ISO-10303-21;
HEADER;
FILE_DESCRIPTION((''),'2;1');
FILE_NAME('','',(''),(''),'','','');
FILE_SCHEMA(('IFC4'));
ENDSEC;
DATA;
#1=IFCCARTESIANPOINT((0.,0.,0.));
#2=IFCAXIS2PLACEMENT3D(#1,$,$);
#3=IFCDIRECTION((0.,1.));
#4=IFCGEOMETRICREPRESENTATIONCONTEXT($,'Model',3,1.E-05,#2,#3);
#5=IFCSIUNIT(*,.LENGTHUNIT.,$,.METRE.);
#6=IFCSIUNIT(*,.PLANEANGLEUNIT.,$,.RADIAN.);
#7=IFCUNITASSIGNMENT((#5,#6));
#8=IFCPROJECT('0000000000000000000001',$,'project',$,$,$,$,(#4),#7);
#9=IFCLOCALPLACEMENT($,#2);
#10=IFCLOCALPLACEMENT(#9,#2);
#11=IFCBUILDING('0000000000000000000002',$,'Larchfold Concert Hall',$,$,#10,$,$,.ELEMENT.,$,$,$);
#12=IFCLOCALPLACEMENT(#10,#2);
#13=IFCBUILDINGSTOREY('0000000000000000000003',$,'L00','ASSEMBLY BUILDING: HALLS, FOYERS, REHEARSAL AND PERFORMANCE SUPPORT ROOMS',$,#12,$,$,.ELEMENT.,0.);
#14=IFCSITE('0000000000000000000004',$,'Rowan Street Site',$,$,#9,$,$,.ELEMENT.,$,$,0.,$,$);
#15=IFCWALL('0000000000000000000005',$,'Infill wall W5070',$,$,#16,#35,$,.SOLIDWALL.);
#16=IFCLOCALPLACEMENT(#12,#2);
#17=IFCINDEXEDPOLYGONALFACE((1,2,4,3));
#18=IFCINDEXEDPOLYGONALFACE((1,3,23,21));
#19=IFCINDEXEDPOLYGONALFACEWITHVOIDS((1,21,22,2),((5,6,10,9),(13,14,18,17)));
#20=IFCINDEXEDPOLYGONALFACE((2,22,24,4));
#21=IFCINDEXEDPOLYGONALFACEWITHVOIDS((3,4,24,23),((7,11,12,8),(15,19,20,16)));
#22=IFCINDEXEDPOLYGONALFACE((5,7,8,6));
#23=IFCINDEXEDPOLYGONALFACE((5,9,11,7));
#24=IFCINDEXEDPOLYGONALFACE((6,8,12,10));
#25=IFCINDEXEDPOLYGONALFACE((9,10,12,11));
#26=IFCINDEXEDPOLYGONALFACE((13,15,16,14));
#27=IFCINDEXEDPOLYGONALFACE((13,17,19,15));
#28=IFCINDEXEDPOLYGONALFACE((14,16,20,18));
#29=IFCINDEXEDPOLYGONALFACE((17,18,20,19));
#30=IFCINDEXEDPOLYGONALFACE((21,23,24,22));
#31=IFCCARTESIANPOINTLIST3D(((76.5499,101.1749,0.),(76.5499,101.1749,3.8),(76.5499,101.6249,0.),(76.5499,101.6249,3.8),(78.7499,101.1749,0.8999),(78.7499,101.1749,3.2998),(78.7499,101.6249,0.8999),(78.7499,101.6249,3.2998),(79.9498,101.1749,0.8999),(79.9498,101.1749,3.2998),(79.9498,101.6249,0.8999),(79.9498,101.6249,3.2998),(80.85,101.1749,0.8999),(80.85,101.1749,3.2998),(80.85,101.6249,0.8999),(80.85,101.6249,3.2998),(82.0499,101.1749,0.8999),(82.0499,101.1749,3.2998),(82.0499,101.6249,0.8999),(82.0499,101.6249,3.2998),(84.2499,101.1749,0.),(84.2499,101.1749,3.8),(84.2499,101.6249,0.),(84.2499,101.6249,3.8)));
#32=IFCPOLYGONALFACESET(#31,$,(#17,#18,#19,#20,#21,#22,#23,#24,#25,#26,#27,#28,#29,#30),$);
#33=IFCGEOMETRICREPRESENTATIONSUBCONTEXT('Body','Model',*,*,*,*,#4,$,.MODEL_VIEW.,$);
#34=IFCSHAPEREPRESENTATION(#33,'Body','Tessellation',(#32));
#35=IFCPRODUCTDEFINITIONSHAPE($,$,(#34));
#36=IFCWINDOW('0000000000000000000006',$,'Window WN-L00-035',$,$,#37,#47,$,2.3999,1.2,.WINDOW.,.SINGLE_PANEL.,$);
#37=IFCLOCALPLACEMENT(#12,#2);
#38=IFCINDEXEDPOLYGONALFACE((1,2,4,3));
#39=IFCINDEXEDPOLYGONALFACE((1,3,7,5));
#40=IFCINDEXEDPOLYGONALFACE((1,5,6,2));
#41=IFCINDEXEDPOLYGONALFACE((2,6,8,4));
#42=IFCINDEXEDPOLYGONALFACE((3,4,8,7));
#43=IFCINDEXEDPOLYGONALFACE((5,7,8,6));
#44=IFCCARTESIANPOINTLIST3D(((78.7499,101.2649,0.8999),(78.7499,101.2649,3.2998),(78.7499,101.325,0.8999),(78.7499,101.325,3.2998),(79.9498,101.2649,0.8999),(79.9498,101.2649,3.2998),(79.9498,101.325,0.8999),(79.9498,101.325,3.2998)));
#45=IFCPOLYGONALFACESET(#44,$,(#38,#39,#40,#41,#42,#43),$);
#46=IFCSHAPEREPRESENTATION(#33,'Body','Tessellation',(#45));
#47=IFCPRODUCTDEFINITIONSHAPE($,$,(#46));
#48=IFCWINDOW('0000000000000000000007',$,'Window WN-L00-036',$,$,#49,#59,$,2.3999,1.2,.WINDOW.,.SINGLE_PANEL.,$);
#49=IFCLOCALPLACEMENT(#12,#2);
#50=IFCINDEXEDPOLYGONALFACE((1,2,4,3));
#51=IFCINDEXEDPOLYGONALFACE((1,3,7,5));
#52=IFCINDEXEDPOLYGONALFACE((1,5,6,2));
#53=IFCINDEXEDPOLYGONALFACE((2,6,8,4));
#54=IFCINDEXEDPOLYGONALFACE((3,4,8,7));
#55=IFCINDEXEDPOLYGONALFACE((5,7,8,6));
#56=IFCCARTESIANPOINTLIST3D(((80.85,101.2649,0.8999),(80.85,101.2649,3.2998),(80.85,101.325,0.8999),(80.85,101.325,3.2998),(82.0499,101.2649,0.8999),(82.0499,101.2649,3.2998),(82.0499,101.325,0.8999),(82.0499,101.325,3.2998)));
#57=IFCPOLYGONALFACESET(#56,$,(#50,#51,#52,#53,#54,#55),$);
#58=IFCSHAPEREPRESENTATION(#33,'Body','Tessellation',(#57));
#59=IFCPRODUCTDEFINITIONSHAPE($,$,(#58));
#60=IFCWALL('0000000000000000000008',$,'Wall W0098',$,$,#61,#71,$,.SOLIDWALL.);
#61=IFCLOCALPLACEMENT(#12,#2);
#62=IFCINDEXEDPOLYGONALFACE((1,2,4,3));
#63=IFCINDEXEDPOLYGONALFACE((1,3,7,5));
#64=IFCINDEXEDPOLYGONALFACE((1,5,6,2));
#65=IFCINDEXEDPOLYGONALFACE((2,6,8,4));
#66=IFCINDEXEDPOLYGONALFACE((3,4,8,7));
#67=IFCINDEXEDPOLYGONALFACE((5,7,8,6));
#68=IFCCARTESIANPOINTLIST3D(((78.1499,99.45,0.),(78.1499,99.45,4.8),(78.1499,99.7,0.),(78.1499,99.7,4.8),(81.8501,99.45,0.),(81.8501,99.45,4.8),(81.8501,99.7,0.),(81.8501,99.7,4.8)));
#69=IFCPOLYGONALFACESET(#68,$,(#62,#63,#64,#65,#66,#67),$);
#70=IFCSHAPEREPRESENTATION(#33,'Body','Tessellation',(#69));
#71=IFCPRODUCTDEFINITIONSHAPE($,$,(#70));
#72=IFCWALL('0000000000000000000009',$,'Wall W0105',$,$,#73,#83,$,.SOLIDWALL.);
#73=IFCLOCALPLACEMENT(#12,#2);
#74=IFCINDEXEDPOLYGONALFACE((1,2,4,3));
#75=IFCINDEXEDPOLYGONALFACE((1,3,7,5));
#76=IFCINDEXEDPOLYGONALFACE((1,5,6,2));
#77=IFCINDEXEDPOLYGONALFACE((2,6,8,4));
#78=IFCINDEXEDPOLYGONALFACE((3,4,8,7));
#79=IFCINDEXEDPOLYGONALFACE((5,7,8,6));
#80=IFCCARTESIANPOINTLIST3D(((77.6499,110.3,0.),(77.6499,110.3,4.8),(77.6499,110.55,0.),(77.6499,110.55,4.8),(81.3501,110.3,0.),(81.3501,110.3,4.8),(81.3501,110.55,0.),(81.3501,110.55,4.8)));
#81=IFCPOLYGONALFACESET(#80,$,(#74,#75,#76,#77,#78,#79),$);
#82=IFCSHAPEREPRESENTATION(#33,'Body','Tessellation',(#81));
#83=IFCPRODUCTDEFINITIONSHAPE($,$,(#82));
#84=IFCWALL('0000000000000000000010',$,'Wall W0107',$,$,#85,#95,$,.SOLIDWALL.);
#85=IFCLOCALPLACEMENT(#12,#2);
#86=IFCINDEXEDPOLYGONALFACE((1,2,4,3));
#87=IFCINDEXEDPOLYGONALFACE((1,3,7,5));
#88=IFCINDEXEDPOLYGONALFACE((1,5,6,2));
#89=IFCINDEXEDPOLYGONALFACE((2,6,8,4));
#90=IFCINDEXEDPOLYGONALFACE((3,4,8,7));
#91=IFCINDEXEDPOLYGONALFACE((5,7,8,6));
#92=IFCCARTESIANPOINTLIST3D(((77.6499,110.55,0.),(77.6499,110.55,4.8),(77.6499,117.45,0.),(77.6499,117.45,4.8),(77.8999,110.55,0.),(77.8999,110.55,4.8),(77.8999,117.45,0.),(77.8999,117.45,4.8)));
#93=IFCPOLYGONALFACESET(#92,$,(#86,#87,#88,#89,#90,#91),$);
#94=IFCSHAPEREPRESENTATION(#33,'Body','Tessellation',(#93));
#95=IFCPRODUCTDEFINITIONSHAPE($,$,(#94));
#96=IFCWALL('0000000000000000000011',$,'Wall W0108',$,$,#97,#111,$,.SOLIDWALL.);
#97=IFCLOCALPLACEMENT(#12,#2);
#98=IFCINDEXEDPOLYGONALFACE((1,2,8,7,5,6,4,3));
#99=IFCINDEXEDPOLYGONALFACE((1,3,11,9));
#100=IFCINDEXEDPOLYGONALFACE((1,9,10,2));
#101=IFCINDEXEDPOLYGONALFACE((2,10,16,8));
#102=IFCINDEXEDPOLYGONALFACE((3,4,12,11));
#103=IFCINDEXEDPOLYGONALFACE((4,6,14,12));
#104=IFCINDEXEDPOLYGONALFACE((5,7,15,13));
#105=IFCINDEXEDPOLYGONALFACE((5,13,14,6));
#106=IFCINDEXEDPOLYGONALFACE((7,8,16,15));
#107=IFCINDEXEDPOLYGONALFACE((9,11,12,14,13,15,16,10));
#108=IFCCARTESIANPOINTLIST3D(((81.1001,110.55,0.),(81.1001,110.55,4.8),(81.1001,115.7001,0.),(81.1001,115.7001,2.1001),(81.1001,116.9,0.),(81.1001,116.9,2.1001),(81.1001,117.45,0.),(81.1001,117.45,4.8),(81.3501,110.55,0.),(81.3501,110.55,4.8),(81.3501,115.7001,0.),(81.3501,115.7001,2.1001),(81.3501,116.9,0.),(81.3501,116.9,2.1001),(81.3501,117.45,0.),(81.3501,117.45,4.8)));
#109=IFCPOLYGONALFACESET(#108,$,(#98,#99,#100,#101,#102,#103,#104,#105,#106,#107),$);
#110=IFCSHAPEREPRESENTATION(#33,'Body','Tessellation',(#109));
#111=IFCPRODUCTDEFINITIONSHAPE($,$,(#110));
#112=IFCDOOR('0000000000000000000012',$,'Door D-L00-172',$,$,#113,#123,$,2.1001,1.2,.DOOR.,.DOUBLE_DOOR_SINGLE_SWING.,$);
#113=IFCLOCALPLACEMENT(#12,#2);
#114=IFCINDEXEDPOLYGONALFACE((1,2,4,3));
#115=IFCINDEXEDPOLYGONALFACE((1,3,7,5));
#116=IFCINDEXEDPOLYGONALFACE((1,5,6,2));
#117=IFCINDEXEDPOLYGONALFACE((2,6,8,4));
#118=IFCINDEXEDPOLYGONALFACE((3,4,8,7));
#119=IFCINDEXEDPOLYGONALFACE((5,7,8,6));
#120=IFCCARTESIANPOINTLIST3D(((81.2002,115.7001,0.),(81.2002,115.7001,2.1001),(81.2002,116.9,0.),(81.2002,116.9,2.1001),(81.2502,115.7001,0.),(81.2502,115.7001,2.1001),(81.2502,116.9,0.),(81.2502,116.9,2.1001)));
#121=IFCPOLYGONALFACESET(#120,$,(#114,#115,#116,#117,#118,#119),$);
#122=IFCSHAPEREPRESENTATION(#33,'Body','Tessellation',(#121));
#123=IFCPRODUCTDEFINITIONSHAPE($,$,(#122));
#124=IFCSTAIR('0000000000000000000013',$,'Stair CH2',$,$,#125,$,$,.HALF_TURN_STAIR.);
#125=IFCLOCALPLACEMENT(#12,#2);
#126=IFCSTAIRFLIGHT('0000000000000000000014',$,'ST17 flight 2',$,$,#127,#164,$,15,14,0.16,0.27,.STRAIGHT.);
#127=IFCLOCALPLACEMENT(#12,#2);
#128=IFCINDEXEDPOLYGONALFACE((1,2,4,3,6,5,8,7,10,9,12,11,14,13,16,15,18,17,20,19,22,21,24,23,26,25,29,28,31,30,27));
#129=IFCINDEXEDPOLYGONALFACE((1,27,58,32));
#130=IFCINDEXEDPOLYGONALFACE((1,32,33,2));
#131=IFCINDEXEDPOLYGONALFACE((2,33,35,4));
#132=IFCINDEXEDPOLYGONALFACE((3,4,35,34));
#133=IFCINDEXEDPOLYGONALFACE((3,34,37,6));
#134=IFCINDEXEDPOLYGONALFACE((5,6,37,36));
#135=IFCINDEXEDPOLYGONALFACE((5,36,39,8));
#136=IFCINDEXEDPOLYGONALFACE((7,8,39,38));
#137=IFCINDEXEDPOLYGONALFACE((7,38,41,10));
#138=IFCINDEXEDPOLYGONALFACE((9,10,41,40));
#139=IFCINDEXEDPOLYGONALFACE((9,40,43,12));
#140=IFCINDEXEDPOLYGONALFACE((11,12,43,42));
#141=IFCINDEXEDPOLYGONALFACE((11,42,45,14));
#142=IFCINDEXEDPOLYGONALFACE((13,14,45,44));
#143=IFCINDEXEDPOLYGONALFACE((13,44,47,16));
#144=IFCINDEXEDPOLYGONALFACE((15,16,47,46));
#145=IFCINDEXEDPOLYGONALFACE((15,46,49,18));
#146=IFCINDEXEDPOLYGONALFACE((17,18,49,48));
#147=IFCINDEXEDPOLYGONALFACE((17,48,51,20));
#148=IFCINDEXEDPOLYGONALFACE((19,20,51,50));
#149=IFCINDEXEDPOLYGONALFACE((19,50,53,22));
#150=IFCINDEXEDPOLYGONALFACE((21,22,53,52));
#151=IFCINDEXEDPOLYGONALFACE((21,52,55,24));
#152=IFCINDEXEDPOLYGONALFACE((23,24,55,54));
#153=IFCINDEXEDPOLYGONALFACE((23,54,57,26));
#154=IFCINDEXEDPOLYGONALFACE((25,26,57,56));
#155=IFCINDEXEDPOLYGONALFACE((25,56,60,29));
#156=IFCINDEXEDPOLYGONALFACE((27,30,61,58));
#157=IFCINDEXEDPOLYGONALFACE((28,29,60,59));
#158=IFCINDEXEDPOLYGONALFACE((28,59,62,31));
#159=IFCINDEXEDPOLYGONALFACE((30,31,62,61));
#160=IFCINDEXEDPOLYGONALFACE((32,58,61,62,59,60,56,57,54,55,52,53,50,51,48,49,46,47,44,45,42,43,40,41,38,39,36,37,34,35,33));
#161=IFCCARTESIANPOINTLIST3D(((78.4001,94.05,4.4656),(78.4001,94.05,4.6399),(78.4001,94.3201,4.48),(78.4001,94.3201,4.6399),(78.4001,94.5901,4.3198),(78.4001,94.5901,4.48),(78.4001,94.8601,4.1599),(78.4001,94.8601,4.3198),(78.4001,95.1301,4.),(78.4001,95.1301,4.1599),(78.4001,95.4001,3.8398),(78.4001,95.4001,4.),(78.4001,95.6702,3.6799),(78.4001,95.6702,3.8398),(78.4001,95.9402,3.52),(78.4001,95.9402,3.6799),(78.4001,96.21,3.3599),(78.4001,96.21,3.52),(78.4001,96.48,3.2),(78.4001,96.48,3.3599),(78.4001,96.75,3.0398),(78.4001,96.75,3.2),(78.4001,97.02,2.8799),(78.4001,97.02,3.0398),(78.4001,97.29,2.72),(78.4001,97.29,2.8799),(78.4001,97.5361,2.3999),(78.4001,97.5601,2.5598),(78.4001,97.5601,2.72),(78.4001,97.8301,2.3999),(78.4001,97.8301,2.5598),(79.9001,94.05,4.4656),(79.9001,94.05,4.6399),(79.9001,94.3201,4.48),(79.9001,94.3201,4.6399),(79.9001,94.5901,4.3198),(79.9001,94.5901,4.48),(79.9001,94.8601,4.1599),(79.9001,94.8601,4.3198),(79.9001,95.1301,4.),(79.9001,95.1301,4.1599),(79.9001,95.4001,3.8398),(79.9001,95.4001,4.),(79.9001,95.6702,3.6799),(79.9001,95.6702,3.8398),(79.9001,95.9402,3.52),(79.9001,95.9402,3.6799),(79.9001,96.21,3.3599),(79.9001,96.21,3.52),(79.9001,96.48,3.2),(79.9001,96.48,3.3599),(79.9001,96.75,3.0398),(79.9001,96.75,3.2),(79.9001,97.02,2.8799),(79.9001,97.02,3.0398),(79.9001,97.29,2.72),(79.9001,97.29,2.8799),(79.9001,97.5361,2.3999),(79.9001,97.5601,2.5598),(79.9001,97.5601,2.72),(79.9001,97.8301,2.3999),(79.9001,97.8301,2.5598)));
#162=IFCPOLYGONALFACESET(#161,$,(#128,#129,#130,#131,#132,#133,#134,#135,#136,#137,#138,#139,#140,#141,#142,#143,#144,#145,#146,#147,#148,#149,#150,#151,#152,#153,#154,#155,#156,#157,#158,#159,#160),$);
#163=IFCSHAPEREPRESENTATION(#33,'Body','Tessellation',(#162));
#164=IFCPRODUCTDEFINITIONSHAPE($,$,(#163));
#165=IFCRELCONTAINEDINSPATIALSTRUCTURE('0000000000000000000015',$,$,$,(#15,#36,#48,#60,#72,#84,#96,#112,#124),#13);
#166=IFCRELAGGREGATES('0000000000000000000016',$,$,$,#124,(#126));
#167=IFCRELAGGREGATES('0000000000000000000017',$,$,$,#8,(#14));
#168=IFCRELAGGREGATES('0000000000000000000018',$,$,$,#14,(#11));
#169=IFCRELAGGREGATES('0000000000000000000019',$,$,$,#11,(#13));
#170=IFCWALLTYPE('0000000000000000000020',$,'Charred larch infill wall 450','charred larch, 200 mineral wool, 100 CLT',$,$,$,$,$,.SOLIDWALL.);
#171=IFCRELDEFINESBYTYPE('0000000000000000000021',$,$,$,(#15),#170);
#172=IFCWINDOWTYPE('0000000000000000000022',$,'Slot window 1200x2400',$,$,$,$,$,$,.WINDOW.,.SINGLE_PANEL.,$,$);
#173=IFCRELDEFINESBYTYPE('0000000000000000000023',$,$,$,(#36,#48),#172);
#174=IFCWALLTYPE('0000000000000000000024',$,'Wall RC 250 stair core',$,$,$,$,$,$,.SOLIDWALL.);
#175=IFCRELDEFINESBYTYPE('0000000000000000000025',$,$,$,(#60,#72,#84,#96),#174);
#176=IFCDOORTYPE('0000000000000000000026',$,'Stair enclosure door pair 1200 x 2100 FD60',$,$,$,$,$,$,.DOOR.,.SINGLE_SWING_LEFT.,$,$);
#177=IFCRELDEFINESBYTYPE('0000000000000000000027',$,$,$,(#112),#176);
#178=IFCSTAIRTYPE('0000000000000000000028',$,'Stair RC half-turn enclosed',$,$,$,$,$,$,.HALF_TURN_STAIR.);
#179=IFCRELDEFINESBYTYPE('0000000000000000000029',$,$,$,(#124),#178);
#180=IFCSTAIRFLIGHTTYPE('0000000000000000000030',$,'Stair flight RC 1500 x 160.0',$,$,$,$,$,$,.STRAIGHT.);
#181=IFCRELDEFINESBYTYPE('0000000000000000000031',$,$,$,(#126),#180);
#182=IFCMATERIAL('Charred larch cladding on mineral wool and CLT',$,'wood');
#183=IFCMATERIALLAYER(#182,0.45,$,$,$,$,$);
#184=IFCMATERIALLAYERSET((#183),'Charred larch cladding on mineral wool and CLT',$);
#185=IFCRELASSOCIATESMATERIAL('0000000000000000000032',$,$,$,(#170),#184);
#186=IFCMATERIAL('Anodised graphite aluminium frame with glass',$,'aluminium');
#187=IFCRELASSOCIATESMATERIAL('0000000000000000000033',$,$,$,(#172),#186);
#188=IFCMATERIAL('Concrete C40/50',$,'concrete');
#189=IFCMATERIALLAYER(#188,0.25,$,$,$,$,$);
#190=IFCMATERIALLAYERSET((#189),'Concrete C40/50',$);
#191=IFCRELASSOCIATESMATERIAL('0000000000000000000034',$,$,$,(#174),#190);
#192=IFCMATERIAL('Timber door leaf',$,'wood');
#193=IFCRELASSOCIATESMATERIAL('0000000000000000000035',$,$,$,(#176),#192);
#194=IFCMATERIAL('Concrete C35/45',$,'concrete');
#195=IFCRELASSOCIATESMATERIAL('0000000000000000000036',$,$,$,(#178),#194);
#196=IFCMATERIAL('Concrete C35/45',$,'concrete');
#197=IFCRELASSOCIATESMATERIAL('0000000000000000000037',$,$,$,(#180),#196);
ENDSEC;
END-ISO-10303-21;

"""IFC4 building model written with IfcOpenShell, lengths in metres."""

from ifc_helpers import new_model, si_unit, direction, frame, frame_2d, origin, place, context, subcontext, project, spatial, polyline, rectangle, outline, extrude, material, layer, layer_set, type_object, element, fill, aggregate, save


model = new_model("IFC4")

# Units and contexts
model_context = context("Model", 3, precision=1e-05, world=origin(), true_north=direction((0.0, 1.0)))
body_context = subcontext(model_context, "Body", "Model", "MODEL_VIEW")
ifc_project = project(units=[si_unit("LENGTHUNIT", "METRE"), si_unit("PLANEANGLEUNIT", "RADIAN")], contexts=[model_context])

# Site, building, storey
site_placement = place(None, origin())
site = spatial("IfcSite", under=ifc_project, at=site_placement, Name="Rowan Street Site", CompositionType="ELEMENT", RefElevation=0.0)
building_placement = place(site_placement, origin())
building = spatial("IfcBuilding", under=site, at=building_placement, Name="Larchfold Concert Hall", CompositionType="ELEMENT")
storey_placement = place(building_placement, origin())
storey = spatial("IfcBuildingStorey", under=building, at=storey_placement, Name="L00", Description="ASSEMBLY BUILDING: HALLS, FOYERS, REHEARSAL AND PERFORMANCE SUPPORT ROOMS", CompositionType="ELEMENT", Elevation=0.0)

# Wall, openings, windows
ifc_material_1 = material(Name="Charred larch cladding on mineral wool and CLT", Category="wood")
ifc_layer_1 = layer(ifc_material_1, 0.45)
ifc_layer_set_1 = layer_set([ifc_layer_1], Name="Charred larch cladding on mineral wool and CLT")
wall_type_1 = type_object("IfcWallType", Name="Charred larch infill wall 450", Description="charred larch, 200 mineral wool, 100 CLT", PredefinedType="SOLIDWALL", material=ifc_layer_set_1)
wall_1_placement = place(storey_placement, frame((84.25, 101.3999, 0.0), z_axis=(0.0, 0.0, 1.0), x_axis=(-1.0, 0.0, 0.0)))
wall_1 = element("IfcWall", 1, at=wall_1_placement, inside=storey, type_object=wall_type_1, Name="Infill wall W5070", PredefinedType="SOLIDWALL", context=body_context, shape_type="SweptSolid", body=[
    extrude(rectangle(XDim=7.7, YDim=0.45, at=frame_2d((3.8501, 0.0))), origin(), (0.0, 0.0, 1.0), 3.8),
])
opening_1_placement = place(wall_1_placement, frame((4.3, 0.0, 0.8999)))
opening_1 = element("IfcOpeningElement", 2, at=opening_1_placement, cuts=wall_1, PredefinedType="OPENING", context=body_context, shape_type="SweptSolid", body=[
    extrude(rectangle(XDim=1.2, YDim=2.3999, at=frame_2d((0.6001, 1.2))), frame((0.0, 0.2349, 0.0), z_axis=(0.0, -1.0, 0.0), x_axis=(1.0, 0.0, 0.0)), (0.0, 0.0, 1.0), 0.47),
])
opening_2_placement = place(wall_1_placement, frame((2.2, 0.0, 0.8999)))
opening_2 = element("IfcOpeningElement", 3, at=opening_2_placement, cuts=wall_1, PredefinedType="OPENING", context=body_context, shape_type="SweptSolid", body=[
    extrude(rectangle(XDim=1.2, YDim=2.3999, at=frame_2d((0.6001, 1.2))), frame((0.0, 0.2349, 0.0), z_axis=(0.0, -1.0, 0.0), x_axis=(1.0, 0.0, 0.0)), (0.0, 0.0, 1.0), 0.47),
])
ifc_material_2 = material(Name="Anodised graphite aluminium frame with glass", Category="aluminium")
window_type = type_object("IfcWindowType", Name="Slot window 1200x2400", PartitioningType="SINGLE_PANEL", PredefinedType="WINDOW", material=ifc_material_2)
window_1_placement = place(opening_1_placement, origin())
window_1 = element("IfcWindow", 4, at=window_1_placement, inside=storey, type_object=window_type, Name="Window WN-L00-035", OverallHeight=2.3999, OverallWidth=1.2, PartitioningType="SINGLE_PANEL", PredefinedType="WINDOW", context=body_context, shape_type="SweptSolid", body=[
    extrude(rectangle(XDim=1.2, YDim=2.3999, at=frame_2d((0.6001, 1.2))), frame((0.0, 0.135, 0.0), z_axis=(0.0, -1.0, 0.0), x_axis=(1.0, 0.0, 0.0)), (0.0, 0.0, 1.0), 0.0601),
])
fill(opening_1, window_1)
window_2_placement = place(opening_2_placement, origin())
window_2 = element("IfcWindow", 5, at=window_2_placement, inside=storey, type_object=window_type, Name="Window WN-L00-036", OverallHeight=2.3999, OverallWidth=1.2, PartitioningType="SINGLE_PANEL", PredefinedType="WINDOW", context=body_context, shape_type="SweptSolid", body=[
    extrude(rectangle(XDim=1.2, YDim=2.3999, at=frame_2d((0.6001, 1.2))), frame((0.0, 0.135, 0.0), z_axis=(0.0, -1.0, 0.0), x_axis=(1.0, 0.0, 0.0)), (0.0, 0.0, 1.0), 0.0601),
])
fill(opening_2, window_2)

# Walls
ifc_material_3 = material(Name="Concrete C40/50", Category="concrete")
ifc_layer_2 = layer(ifc_material_3, 0.25)
ifc_layer_set_2 = layer_set([ifc_layer_2], Name="Concrete C40/50")
wall_type_2 = type_object("IfcWallType", Name="Wall RC 250 stair core", PredefinedType="SOLIDWALL", material=ifc_layer_set_2)
for number, where, z_axis, x_axis, name in (
    (6, (78.1499, 99.575, 0.0), (0.0, 0.0, 1.0), (1.0, 0.0, 0.0), "Wall W0098"),
    (7, (77.6499, 110.425, 0.0), (0.0, 0.0, 1.0), (1.0, 0.0, 0.0), "Wall W0105"),
):
    element("IfcWall", number, at=place(storey_placement, frame(where, z_axis=z_axis, x_axis=x_axis)), inside=storey, type_object=wall_type_2, Name=name, PredefinedType="SOLIDWALL", context=body_context, shape_type="SweptSolid", body=[
        extrude(rectangle(XDim=3.7002, YDim=0.25, at=frame_2d((1.8501, 0.0))), origin(), (0.0, 0.0, 1.0), 4.8),
    ])
wall_2_placement = place(storey_placement, frame((77.7749, 110.55, 0.0), z_axis=(0.0, 0.0, 1.0), x_axis=(0.0, 1.0, 0.0)))
element("IfcWall", 8, at=wall_2_placement, inside=storey, type_object=wall_type_2, Name="Wall W0107", PredefinedType="SOLIDWALL", context=body_context, shape_type="SweptSolid", body=[
    extrude(rectangle(XDim=6.8999, YDim=0.25, at=frame_2d((3.45, 0.0))), origin(), (0.0, 0.0, 1.0), 4.8),
])

# Wall, opening, door
wall_3_placement = place(storey_placement, frame((81.2251, 110.55, 0.0), z_axis=(0.0, 0.0, 1.0), x_axis=(0.0, 1.0, 0.0)))
wall_3 = element("IfcWall", 9, at=wall_3_placement, inside=storey, type_object=wall_type_2, Name="Wall W0108", PredefinedType="SOLIDWALL", context=body_context, shape_type="SweptSolid", body=[
    extrude(rectangle(XDim=6.8999, YDim=0.25, at=frame_2d((3.45, 0.0))), origin(), (0.0, 0.0, 1.0), 4.8),
])
opening_3_placement = place(wall_3_placement, frame((5.1499, 0.0, 0.0)))
opening_3 = element("IfcOpeningElement", 10, at=opening_3_placement, cuts=wall_3, PredefinedType="OPENING", context=body_context, shape_type="SweptSolid", body=[
    extrude(rectangle(XDim=1.2, YDim=2.1001, at=frame_2d((0.6001, 1.05))), frame((0.0, 0.135, 0.0), z_axis=(0.0, -1.0, 0.0), x_axis=(1.0, 0.0, 0.0)), (0.0, 0.0, 1.0), 0.27),
])
ifc_material_4 = material(Name="Timber door leaf", Category="wood")
door_type = type_object("IfcDoorType", Name="Stair enclosure door pair 1200 x 2100 FD60", OperationType="SINGLE_SWING_LEFT", PredefinedType="DOOR", material=ifc_material_4)
door_placement = place(opening_3_placement, origin())
door = element("IfcDoor", 11, at=door_placement, inside=storey, type_object=door_type, Name="Door D-L00-172", OperationType="DOUBLE_DOOR_SINGLE_SWING", OverallHeight=2.1001, OverallWidth=1.2, PredefinedType="DOOR", context=body_context, shape_type="SweptSolid", body=[
    extrude(rectangle(XDim=1.2, YDim=2.1001, at=frame_2d((0.6001, 1.05))), frame((0.0, 0.0249, 0.0), z_axis=(0.0, -1.0, 0.0), x_axis=(1.0, 0.0, 0.0)), (0.0, 0.0, 1.0), 0.05),
])
fill(opening_3, door)

# Stair, stair flight
ifc_material_5 = material(Name="Concrete C35/45", Category="concrete")
stair_type = type_object("IfcStairType", Name="Stair RC half-turn enclosed", PredefinedType="HALF_TURN_STAIR", material=ifc_material_5)
stair_placement = place(storey_placement, origin())
stair = element("IfcStair", 12, at=stair_placement, inside=storey, type_object=stair_type, Name="Stair CH2", PredefinedType="HALF_TURN_STAIR")
ifc_material_6 = material(Name="Concrete C35/45", Category="concrete")
stair_flight_type = type_object("IfcStairFlightType", Name="Stair flight RC 1500 x 160.0", PredefinedType="STRAIGHT", material=ifc_material_6)
stair_flight_placement = place(storey_placement, frame((79.1501, 97.8301, 2.3999), z_axis=(0.0, 0.0, 1.0), x_axis=(0.0, -1.0, 0.0)))
stair_flight = element("IfcStairFlight", 13, at=stair_flight_placement, type_object=stair_flight_type, Name="ST17 flight 2", NumberOfRisers=15, NumberOfTreads=14, PredefinedType="STRAIGHT", RiserHeight=0.16, TreadLength=0.27, context=body_context, shape_type="SweptSolid", body=[
    extrude(outline(polyline([(0.0, 0.0), (0.0, 0.1599), (0.27, 0.1599), (0.27, 0.3201), (0.54, 0.3201), (0.54, 0.48), (0.8101, 0.48), (0.8101, 0.6399), (1.0801, 0.6399), (1.0801, 0.8), (1.3501, 0.8), (1.3501, 0.96), (1.6201, 0.96), (1.6201, 1.1201), (1.8899, 1.1201), (1.8899, 1.28), (2.1599, 1.28), (2.1599, 1.4399), (2.4299, 1.4399), (2.4299, 1.6001), (2.7, 1.6001), (2.7, 1.76), (2.97, 1.76), (2.97, 1.9199), (3.24, 1.9199), (3.24, 2.0801), (3.51, 2.0801), (3.51, 2.24), (3.78, 2.24), (3.78, 2.3999), (3.78, 2.0657), (0.2939, 0.0), (0.0, 0.0)])), frame((0.0, 0.75, 0.0), z_axis=(0.0, -1.0, 0.0), x_axis=(1.0, 0.0, 0.0)), (0.0, 0.0, 1.0), 1.5),
])
aggregate(stair, [stair_flight])

save(model, "model.ifc")
